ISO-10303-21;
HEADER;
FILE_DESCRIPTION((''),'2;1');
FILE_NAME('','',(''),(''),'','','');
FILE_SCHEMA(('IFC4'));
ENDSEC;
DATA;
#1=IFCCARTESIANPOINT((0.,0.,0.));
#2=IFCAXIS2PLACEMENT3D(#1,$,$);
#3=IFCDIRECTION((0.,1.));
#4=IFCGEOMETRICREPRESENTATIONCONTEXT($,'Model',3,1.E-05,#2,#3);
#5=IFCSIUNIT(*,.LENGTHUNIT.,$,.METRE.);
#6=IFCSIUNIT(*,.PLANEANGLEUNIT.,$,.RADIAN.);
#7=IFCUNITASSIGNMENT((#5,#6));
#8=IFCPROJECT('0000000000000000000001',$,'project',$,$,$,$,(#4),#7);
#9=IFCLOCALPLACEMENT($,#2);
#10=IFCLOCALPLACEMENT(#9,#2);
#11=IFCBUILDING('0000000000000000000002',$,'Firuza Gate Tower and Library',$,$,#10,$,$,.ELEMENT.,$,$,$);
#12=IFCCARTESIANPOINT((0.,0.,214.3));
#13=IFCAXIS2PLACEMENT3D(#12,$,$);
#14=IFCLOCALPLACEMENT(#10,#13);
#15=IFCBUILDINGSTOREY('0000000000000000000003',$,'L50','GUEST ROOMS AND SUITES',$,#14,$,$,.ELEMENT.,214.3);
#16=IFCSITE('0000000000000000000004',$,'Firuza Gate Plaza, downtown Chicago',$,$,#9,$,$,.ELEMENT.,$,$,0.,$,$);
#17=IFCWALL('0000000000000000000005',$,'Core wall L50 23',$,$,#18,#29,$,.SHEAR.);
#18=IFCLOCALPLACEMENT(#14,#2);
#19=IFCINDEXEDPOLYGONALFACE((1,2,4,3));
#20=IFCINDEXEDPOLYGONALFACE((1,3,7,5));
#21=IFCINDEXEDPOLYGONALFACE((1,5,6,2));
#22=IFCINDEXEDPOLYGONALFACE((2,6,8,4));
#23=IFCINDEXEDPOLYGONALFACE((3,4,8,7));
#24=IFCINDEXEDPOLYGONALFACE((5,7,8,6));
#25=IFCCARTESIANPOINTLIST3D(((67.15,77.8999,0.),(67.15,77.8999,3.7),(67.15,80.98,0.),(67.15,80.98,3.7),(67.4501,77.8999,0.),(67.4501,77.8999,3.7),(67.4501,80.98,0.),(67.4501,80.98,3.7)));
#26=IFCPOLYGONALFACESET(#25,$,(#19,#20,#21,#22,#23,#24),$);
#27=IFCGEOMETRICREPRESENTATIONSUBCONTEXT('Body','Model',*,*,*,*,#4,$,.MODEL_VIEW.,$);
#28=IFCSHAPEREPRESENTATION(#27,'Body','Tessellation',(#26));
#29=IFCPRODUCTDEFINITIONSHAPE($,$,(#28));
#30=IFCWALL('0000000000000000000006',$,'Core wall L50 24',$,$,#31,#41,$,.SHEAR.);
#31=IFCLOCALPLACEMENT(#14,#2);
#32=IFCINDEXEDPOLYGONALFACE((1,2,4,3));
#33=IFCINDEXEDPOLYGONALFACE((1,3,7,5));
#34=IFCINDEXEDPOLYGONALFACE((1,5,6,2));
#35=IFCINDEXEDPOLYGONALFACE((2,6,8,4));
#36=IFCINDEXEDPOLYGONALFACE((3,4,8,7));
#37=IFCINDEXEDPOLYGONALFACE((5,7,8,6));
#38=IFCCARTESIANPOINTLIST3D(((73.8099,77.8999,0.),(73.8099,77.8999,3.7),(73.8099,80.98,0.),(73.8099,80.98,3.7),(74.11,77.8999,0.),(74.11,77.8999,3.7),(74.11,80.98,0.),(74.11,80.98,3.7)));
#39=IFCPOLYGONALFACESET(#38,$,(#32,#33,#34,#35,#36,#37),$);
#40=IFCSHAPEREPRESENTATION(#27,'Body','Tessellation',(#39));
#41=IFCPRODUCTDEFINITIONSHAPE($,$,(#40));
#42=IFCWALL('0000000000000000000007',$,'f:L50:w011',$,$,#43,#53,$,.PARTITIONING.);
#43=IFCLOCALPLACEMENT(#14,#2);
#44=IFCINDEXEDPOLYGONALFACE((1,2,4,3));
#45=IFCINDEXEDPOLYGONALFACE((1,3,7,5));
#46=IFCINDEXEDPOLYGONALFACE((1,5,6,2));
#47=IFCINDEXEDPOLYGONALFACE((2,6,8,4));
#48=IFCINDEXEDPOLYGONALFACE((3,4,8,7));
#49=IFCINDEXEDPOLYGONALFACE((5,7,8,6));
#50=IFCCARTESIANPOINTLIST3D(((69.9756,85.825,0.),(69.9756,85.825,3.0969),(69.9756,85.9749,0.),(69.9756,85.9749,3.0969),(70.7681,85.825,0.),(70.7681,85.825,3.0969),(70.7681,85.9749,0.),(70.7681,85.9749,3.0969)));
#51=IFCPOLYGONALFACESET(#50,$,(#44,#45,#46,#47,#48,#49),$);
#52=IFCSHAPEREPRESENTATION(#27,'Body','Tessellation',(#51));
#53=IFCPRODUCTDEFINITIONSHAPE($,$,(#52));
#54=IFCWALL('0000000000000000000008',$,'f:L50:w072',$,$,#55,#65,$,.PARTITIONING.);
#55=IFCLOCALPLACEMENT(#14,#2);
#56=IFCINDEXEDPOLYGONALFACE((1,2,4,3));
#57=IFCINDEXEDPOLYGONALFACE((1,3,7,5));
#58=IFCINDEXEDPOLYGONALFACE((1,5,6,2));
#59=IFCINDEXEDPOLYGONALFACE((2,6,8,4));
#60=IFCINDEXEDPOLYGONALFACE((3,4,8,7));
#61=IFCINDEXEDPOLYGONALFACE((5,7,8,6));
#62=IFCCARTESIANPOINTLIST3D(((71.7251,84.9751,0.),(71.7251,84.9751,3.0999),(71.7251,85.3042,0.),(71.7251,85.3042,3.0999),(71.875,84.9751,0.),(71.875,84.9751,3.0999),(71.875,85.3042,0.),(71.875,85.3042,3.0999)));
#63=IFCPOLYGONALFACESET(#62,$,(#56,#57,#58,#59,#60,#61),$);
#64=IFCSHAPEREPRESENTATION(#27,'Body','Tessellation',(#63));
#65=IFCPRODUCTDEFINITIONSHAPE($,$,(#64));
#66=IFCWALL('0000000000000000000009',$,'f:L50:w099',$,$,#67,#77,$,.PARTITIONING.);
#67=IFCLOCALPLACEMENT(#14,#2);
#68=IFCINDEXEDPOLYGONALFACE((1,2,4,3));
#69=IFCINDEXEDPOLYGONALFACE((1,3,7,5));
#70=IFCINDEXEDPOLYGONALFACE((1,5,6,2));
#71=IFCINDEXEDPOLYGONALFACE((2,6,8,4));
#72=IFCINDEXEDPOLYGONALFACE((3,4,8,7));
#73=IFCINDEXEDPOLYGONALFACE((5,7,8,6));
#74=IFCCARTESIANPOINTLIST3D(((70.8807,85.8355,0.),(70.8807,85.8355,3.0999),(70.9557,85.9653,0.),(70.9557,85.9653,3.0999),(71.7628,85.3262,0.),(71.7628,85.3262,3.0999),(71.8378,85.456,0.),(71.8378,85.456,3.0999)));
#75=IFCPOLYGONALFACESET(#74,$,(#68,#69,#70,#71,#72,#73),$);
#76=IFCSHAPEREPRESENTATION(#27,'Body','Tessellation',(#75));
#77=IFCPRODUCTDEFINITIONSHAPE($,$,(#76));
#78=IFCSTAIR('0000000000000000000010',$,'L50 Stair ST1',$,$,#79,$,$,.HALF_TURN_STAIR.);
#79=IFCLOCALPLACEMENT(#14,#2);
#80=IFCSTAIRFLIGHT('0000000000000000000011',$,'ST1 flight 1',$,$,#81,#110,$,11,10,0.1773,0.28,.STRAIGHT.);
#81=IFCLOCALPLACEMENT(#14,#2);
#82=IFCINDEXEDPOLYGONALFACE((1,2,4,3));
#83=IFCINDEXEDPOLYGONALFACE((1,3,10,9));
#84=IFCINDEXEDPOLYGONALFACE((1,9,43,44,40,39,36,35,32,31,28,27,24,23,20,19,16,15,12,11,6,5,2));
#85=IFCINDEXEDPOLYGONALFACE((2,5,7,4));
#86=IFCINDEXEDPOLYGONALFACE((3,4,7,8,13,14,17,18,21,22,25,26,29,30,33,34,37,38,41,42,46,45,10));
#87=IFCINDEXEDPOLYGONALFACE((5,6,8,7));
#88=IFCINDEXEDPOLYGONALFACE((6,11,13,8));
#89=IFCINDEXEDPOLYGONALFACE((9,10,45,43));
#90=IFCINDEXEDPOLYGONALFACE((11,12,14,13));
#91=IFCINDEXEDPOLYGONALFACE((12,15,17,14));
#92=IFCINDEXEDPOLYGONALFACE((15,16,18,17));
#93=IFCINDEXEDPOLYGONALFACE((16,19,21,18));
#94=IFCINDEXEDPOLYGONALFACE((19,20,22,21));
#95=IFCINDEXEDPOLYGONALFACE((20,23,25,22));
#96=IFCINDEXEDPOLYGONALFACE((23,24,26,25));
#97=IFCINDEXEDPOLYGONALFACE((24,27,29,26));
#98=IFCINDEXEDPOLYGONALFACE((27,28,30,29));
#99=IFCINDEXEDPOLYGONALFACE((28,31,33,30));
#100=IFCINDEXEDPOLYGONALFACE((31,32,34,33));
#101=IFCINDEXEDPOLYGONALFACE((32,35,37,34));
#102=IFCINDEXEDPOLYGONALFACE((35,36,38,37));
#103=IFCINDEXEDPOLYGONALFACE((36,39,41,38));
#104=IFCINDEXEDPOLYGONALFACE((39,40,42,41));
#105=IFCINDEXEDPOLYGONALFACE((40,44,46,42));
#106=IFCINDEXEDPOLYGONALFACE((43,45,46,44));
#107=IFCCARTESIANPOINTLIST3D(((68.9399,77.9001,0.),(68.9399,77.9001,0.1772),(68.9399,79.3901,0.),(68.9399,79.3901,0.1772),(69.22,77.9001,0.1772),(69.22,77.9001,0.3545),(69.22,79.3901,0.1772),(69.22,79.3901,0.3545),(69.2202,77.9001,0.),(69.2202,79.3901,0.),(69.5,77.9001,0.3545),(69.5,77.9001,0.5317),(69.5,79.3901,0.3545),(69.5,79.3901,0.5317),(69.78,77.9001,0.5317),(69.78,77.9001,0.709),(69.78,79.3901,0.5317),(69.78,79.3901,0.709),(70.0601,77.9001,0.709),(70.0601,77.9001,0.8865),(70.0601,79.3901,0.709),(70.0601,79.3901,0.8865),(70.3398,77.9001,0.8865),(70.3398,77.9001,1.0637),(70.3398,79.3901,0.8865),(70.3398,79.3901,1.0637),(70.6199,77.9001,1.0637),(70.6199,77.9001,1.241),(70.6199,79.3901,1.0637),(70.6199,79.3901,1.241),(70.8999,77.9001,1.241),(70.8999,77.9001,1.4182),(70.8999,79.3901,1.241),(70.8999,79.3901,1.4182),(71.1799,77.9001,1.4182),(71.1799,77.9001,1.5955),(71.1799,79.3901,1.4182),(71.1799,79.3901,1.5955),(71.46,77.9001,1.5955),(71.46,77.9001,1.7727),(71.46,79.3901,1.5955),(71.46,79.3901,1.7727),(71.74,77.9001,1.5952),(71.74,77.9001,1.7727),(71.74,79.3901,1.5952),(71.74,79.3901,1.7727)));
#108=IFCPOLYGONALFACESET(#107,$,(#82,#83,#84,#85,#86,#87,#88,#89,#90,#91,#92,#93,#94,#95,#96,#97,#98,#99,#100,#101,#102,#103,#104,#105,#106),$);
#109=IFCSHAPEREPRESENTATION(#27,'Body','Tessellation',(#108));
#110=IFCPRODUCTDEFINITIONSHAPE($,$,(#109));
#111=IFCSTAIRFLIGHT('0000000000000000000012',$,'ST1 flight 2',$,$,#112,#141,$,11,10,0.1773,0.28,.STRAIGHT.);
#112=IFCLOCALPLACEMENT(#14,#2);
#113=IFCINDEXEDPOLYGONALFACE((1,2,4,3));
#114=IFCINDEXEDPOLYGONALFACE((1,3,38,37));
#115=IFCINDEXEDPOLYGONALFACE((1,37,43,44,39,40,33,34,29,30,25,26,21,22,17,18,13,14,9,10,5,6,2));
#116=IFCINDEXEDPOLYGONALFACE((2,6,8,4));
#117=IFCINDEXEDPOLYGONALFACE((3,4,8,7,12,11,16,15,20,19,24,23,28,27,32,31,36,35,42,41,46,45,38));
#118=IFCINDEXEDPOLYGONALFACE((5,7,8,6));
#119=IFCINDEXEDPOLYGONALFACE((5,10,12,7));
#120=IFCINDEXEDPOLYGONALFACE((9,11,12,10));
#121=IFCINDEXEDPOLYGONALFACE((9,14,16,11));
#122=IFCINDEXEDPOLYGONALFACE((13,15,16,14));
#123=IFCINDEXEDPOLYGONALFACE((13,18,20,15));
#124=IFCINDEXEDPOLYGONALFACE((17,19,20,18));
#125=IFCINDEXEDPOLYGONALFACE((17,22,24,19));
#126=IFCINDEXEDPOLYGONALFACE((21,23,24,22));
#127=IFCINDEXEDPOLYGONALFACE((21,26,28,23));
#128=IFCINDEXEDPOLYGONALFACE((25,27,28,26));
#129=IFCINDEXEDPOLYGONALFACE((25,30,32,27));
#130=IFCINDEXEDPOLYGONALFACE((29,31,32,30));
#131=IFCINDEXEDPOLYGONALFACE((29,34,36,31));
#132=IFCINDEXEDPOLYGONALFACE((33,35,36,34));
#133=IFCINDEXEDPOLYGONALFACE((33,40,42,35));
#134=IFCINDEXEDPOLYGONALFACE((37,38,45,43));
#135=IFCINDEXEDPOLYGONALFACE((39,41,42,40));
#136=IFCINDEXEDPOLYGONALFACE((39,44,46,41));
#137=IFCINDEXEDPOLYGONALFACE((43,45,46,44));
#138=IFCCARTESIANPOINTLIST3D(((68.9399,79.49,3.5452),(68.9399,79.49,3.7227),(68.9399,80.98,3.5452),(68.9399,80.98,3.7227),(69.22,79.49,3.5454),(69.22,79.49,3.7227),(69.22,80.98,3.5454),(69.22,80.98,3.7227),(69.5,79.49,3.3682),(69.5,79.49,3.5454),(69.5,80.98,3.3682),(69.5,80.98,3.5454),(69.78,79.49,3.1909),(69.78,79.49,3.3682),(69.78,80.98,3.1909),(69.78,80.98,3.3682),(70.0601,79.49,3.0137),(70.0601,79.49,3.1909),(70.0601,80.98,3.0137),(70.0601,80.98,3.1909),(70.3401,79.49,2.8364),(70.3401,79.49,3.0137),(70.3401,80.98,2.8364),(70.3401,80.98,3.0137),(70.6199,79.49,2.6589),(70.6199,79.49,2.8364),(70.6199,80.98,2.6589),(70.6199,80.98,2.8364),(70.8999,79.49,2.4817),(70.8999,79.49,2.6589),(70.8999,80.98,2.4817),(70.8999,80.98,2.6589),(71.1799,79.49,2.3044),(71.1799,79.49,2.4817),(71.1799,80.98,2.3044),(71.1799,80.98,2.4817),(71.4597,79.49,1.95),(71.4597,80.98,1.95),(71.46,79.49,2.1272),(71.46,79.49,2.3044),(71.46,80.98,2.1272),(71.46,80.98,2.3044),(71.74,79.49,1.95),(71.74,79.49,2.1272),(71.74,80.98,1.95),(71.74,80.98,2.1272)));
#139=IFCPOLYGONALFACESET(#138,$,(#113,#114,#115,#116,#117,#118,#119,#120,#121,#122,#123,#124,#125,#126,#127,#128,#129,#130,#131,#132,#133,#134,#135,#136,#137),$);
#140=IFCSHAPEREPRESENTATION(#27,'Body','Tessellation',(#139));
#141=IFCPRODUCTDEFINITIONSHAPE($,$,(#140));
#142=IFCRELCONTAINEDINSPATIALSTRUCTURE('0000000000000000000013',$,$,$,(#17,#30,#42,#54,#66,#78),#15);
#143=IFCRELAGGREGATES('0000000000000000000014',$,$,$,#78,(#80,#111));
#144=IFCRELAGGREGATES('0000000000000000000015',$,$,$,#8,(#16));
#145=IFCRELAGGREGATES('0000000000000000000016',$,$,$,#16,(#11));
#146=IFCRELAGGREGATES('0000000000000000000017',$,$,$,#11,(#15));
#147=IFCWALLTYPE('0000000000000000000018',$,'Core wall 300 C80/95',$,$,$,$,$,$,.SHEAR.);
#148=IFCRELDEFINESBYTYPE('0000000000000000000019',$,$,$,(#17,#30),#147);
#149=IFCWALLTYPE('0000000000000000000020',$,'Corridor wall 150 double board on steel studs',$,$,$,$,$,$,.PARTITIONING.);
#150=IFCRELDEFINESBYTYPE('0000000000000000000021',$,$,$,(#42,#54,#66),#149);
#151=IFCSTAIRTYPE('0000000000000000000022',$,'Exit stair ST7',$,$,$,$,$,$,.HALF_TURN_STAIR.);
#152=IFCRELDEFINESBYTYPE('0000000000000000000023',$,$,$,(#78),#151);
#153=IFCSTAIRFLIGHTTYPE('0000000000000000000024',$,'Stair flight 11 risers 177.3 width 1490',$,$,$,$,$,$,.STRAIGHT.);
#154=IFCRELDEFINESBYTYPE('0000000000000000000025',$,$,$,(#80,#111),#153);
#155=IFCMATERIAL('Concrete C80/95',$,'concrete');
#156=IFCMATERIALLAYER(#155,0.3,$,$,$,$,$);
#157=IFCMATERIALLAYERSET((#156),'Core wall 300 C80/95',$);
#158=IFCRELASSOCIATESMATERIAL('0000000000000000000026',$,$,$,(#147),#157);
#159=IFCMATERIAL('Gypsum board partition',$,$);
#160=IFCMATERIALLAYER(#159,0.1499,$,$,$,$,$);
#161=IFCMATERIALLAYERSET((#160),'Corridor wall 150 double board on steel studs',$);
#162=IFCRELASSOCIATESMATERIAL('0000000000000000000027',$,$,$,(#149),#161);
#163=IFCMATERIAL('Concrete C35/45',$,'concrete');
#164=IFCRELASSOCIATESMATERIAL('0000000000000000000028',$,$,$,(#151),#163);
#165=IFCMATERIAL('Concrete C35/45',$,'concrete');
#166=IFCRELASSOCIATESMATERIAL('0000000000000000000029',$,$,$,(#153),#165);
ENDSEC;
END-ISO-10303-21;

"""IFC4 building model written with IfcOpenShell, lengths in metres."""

from ifc_helpers import new_model, si_unit, direction, frame, frame_2d, origin, place, context, subcontext, project, spatial, polyline, rectangle, outline, extrude, material, layer, layer_set, type_object, element, aggregate, save


model = new_model("IFC4")

# Units and contexts
model_context = context("Model", 3, precision=1e-05, world=origin(), true_north=direction((0.0, 1.0)))
body_context = subcontext(model_context, "Body", "Model", "MODEL_VIEW")
ifc_project = project(units=[si_unit("LENGTHUNIT", "METRE"), si_unit("PLANEANGLEUNIT", "RADIAN")], contexts=[model_context])

# Site, building, storey
site_placement = place(None, origin())
site = spatial("IfcSite", under=ifc_project, at=site_placement, Name="Firuza Gate Plaza, downtown Chicago", CompositionType="ELEMENT", RefElevation=0.0)
building_placement = place(site_placement, origin())
building = spatial("IfcBuilding", under=site, at=building_placement, Name="Firuza Gate Tower and Library", CompositionType="ELEMENT")
storey_placement = place(building_placement, frame((0.0, 0.0, 214.3)))
storey = spatial("IfcBuildingStorey", under=building, at=storey_placement, Name="L50", Description="GUEST ROOMS AND SUITES", CompositionType="ELEMENT", Elevation=214.3)

# Shared definitions
ifc_material_1 = material(Name="Concrete C80/95", Category="concrete")
ifc_layer_1 = layer(ifc_material_1, 0.3)
ifc_layer_set_1 = layer_set([ifc_layer_1], Name="Core wall 300 C80/95")
wall_type_1 = type_object("IfcWallType", Name="Core wall 300 C80/95", PredefinedType="SHEAR", material=ifc_layer_set_1)

# Walls
for number, where, z_axis, x_axis, name in (
    (1, (67.3, 77.8999, 0.0), (0.0, 0.0, 1.0), (0.0, 1.0, 0.0), "Core wall L50 23"),
    (2, (73.96, 77.8999, 0.0), (0.0, 0.0, 1.0), (0.0, 1.0, 0.0), "Core wall L50 24"),
):
    element("IfcWall", number, at=place(storey_placement, frame(where, z_axis=z_axis, x_axis=x_axis)), inside=storey, type_object=wall_type_1, Name=name, PredefinedType="SHEAR", context=body_context, shape_type="SweptSolid", body=[
        extrude(rectangle(XDim=3.0801, YDim=0.3, at=frame_2d((1.54, 0.0))), origin(), (0.0, 0.0, 1.0), 3.7),
    ])
ifc_material_2 = material(Name="Gypsum board partition")
ifc_layer_2 = layer(ifc_material_2, 0.1499)
ifc_layer_set_2 = layer_set([ifc_layer_2], Name="Corridor wall 150 double board on steel studs")
wall_type_2 = type_object("IfcWallType", Name="Corridor wall 150 double board on steel studs", PredefinedType="PARTITIONING", material=ifc_layer_set_2)
wall_1_placement = place(storey_placement, frame((69.9756, 85.8999, 0.0), z_axis=(0.0, 0.0, 1.0), x_axis=(1.0, 0.0, 0.0)))
element("IfcWall", 3, at=wall_1_placement, inside=storey, type_object=wall_type_2, Name="f:L50:w011", PredefinedType="PARTITIONING", context=body_context, shape_type="SweptSolid", body=[
    extrude(rectangle(XDim=0.7925, YDim=0.1499, at=frame_2d((0.3962, 0.0))), origin(), (0.0, 0.0, 1.0), 3.0969),
])
wall_2_placement = place(storey_placement, frame((71.8, 84.9751, 0.0), z_axis=(0.0, 0.0, 1.0), x_axis=(0.0, 1.0, 0.0)))
element("IfcWall", 4, at=wall_2_placement, inside=storey, type_object=wall_type_2, Name="f:L50:w072", PredefinedType="PARTITIONING", context=body_context, shape_type="SweptSolid", body=[
    extrude(rectangle(XDim=0.3291, YDim=0.1499, at=frame_2d((0.1646, 0.0))), origin(), (0.0, 0.0, 1.0), 3.0999),
])
wall_3_placement = place(storey_placement, frame((71.8003, 85.3911, 0.0), z_axis=(0.0, 0.0, 1.0), x_axis=(-0.866022, 0.500006, 0.0)))
element("IfcWall", 5, at=wall_3_placement, inside=storey, type_object=wall_type_2, Name="f:L50:w099", PredefinedType="PARTITIONING", context=body_context, shape_type="SweptSolid", body=[
    extrude(rectangle(XDim=1.0186, YDim=0.1499, at=frame_2d((0.5093, 0.0))), origin(), (0.0, 0.0, 1.0), 3.0999),
])

# Stair, stair flights
ifc_material_3 = material(Name="Concrete C35/45", Category="concrete")
stair_type = type_object("IfcStairType", Name="Exit stair ST7", PredefinedType="HALF_TURN_STAIR", material=ifc_material_3)
stair_placement = place(storey_placement, origin())
stair = element("IfcStair", 6, at=stair_placement, inside=storey, type_object=stair_type, Name="L50 Stair ST1", PredefinedType="HALF_TURN_STAIR")
ifc_material_4 = material(Name="Concrete C35/45", Category="concrete")
stair_flight_type = type_object("IfcStairFlightType", Name="Stair flight 11 risers 177.3 width 1490", PredefinedType="STRAIGHT", material=ifc_material_4)
stair_flight_1_placement = place(storey_placement, frame((68.9399, 78.645, 0.0), z_axis=(0.0, 0.0, 1.0), x_axis=(1.0, 0.0, 0.0)))
stair_flight_1 = element("IfcStairFlight", 7, at=stair_flight_1_placement, type_object=stair_flight_type, Name="ST1 flight 1", NumberOfRisers=11, NumberOfTreads=10, PredefinedType="STRAIGHT", RiserHeight=0.1773, TreadLength=0.28, context=body_context, shape_type="SweptSolid", body=[
    extrude(outline(polyline([(0.0, 0.0), (0.0, 0.1772), (0.28, 0.1772), (0.28, 0.3545), (0.5601, 0.3545), (0.5601, 0.5317), (0.8401, 0.5317), (0.8401, 0.709), (1.1201, 0.709), (1.1201, 0.8865), (1.3999, 0.8865), (1.3999, 1.0637), (1.6799, 1.0637), (1.6799, 1.241), (1.96, 1.241), (1.96, 1.4182), (2.24, 1.4182), (2.24, 1.5955), (2.52, 1.5955), (2.52, 1.7727), (2.8, 1.7727), (2.8, 1.95), (2.8, 1.5952), (0.2803, 0.0), (0.0, 0.0)])), frame((0.0, 0.7451, 0.0), z_axis=(0.0, -1.0, 0.0), x_axis=(1.0, 0.0, 0.0)), (0.0, 0.0, 1.0), 1.49),
])
stair_flight_2_placement = place(storey_placement, frame((71.74, 80.2351, 1.95), z_axis=(0.0, 0.0, 1.0), x_axis=(-1.0, 0.0, 0.0)))
stair_flight_2 = element("IfcStairFlight", 8, at=stair_flight_2_placement, type_object=stair_flight_type, Name="ST1 flight 2", NumberOfRisers=11, NumberOfTreads=10, PredefinedType="STRAIGHT", RiserHeight=0.1773, TreadLength=0.28, context=body_context, shape_type="SweptSolid", body=[
    extrude(outline(polyline([(0.0, 0.0), (0.0, 0.1772), (0.28, 0.1772), (0.28, 0.3545), (0.5601, 0.3545), (0.5601, 0.5317), (0.8401, 0.5317), (0.8401, 0.709), (1.1201, 0.709), (1.1201, 0.8865), (1.3999, 0.8865), (1.3999, 1.0637), (1.6799, 1.0637), (1.6799, 1.241), (1.96, 1.241), (1.96, 1.4182), (2.24, 1.4182), (2.24, 1.5955), (2.52, 1.5955), (2.52, 1.7727), (2.8, 1.7727), (2.8, 1.95), (2.8, 1.5952), (0.2803, 0.0), (0.0, 0.0)])), frame((0.0, 0.7451, 0.0), z_axis=(0.0, -1.0, 0.0), x_axis=(1.0, 0.0, 0.0)), (0.0, 0.0, 1.0), 1.49),
])
aggregate(stair, [stair_flight_1, stair_flight_2])

save(model, "model.ifc")
